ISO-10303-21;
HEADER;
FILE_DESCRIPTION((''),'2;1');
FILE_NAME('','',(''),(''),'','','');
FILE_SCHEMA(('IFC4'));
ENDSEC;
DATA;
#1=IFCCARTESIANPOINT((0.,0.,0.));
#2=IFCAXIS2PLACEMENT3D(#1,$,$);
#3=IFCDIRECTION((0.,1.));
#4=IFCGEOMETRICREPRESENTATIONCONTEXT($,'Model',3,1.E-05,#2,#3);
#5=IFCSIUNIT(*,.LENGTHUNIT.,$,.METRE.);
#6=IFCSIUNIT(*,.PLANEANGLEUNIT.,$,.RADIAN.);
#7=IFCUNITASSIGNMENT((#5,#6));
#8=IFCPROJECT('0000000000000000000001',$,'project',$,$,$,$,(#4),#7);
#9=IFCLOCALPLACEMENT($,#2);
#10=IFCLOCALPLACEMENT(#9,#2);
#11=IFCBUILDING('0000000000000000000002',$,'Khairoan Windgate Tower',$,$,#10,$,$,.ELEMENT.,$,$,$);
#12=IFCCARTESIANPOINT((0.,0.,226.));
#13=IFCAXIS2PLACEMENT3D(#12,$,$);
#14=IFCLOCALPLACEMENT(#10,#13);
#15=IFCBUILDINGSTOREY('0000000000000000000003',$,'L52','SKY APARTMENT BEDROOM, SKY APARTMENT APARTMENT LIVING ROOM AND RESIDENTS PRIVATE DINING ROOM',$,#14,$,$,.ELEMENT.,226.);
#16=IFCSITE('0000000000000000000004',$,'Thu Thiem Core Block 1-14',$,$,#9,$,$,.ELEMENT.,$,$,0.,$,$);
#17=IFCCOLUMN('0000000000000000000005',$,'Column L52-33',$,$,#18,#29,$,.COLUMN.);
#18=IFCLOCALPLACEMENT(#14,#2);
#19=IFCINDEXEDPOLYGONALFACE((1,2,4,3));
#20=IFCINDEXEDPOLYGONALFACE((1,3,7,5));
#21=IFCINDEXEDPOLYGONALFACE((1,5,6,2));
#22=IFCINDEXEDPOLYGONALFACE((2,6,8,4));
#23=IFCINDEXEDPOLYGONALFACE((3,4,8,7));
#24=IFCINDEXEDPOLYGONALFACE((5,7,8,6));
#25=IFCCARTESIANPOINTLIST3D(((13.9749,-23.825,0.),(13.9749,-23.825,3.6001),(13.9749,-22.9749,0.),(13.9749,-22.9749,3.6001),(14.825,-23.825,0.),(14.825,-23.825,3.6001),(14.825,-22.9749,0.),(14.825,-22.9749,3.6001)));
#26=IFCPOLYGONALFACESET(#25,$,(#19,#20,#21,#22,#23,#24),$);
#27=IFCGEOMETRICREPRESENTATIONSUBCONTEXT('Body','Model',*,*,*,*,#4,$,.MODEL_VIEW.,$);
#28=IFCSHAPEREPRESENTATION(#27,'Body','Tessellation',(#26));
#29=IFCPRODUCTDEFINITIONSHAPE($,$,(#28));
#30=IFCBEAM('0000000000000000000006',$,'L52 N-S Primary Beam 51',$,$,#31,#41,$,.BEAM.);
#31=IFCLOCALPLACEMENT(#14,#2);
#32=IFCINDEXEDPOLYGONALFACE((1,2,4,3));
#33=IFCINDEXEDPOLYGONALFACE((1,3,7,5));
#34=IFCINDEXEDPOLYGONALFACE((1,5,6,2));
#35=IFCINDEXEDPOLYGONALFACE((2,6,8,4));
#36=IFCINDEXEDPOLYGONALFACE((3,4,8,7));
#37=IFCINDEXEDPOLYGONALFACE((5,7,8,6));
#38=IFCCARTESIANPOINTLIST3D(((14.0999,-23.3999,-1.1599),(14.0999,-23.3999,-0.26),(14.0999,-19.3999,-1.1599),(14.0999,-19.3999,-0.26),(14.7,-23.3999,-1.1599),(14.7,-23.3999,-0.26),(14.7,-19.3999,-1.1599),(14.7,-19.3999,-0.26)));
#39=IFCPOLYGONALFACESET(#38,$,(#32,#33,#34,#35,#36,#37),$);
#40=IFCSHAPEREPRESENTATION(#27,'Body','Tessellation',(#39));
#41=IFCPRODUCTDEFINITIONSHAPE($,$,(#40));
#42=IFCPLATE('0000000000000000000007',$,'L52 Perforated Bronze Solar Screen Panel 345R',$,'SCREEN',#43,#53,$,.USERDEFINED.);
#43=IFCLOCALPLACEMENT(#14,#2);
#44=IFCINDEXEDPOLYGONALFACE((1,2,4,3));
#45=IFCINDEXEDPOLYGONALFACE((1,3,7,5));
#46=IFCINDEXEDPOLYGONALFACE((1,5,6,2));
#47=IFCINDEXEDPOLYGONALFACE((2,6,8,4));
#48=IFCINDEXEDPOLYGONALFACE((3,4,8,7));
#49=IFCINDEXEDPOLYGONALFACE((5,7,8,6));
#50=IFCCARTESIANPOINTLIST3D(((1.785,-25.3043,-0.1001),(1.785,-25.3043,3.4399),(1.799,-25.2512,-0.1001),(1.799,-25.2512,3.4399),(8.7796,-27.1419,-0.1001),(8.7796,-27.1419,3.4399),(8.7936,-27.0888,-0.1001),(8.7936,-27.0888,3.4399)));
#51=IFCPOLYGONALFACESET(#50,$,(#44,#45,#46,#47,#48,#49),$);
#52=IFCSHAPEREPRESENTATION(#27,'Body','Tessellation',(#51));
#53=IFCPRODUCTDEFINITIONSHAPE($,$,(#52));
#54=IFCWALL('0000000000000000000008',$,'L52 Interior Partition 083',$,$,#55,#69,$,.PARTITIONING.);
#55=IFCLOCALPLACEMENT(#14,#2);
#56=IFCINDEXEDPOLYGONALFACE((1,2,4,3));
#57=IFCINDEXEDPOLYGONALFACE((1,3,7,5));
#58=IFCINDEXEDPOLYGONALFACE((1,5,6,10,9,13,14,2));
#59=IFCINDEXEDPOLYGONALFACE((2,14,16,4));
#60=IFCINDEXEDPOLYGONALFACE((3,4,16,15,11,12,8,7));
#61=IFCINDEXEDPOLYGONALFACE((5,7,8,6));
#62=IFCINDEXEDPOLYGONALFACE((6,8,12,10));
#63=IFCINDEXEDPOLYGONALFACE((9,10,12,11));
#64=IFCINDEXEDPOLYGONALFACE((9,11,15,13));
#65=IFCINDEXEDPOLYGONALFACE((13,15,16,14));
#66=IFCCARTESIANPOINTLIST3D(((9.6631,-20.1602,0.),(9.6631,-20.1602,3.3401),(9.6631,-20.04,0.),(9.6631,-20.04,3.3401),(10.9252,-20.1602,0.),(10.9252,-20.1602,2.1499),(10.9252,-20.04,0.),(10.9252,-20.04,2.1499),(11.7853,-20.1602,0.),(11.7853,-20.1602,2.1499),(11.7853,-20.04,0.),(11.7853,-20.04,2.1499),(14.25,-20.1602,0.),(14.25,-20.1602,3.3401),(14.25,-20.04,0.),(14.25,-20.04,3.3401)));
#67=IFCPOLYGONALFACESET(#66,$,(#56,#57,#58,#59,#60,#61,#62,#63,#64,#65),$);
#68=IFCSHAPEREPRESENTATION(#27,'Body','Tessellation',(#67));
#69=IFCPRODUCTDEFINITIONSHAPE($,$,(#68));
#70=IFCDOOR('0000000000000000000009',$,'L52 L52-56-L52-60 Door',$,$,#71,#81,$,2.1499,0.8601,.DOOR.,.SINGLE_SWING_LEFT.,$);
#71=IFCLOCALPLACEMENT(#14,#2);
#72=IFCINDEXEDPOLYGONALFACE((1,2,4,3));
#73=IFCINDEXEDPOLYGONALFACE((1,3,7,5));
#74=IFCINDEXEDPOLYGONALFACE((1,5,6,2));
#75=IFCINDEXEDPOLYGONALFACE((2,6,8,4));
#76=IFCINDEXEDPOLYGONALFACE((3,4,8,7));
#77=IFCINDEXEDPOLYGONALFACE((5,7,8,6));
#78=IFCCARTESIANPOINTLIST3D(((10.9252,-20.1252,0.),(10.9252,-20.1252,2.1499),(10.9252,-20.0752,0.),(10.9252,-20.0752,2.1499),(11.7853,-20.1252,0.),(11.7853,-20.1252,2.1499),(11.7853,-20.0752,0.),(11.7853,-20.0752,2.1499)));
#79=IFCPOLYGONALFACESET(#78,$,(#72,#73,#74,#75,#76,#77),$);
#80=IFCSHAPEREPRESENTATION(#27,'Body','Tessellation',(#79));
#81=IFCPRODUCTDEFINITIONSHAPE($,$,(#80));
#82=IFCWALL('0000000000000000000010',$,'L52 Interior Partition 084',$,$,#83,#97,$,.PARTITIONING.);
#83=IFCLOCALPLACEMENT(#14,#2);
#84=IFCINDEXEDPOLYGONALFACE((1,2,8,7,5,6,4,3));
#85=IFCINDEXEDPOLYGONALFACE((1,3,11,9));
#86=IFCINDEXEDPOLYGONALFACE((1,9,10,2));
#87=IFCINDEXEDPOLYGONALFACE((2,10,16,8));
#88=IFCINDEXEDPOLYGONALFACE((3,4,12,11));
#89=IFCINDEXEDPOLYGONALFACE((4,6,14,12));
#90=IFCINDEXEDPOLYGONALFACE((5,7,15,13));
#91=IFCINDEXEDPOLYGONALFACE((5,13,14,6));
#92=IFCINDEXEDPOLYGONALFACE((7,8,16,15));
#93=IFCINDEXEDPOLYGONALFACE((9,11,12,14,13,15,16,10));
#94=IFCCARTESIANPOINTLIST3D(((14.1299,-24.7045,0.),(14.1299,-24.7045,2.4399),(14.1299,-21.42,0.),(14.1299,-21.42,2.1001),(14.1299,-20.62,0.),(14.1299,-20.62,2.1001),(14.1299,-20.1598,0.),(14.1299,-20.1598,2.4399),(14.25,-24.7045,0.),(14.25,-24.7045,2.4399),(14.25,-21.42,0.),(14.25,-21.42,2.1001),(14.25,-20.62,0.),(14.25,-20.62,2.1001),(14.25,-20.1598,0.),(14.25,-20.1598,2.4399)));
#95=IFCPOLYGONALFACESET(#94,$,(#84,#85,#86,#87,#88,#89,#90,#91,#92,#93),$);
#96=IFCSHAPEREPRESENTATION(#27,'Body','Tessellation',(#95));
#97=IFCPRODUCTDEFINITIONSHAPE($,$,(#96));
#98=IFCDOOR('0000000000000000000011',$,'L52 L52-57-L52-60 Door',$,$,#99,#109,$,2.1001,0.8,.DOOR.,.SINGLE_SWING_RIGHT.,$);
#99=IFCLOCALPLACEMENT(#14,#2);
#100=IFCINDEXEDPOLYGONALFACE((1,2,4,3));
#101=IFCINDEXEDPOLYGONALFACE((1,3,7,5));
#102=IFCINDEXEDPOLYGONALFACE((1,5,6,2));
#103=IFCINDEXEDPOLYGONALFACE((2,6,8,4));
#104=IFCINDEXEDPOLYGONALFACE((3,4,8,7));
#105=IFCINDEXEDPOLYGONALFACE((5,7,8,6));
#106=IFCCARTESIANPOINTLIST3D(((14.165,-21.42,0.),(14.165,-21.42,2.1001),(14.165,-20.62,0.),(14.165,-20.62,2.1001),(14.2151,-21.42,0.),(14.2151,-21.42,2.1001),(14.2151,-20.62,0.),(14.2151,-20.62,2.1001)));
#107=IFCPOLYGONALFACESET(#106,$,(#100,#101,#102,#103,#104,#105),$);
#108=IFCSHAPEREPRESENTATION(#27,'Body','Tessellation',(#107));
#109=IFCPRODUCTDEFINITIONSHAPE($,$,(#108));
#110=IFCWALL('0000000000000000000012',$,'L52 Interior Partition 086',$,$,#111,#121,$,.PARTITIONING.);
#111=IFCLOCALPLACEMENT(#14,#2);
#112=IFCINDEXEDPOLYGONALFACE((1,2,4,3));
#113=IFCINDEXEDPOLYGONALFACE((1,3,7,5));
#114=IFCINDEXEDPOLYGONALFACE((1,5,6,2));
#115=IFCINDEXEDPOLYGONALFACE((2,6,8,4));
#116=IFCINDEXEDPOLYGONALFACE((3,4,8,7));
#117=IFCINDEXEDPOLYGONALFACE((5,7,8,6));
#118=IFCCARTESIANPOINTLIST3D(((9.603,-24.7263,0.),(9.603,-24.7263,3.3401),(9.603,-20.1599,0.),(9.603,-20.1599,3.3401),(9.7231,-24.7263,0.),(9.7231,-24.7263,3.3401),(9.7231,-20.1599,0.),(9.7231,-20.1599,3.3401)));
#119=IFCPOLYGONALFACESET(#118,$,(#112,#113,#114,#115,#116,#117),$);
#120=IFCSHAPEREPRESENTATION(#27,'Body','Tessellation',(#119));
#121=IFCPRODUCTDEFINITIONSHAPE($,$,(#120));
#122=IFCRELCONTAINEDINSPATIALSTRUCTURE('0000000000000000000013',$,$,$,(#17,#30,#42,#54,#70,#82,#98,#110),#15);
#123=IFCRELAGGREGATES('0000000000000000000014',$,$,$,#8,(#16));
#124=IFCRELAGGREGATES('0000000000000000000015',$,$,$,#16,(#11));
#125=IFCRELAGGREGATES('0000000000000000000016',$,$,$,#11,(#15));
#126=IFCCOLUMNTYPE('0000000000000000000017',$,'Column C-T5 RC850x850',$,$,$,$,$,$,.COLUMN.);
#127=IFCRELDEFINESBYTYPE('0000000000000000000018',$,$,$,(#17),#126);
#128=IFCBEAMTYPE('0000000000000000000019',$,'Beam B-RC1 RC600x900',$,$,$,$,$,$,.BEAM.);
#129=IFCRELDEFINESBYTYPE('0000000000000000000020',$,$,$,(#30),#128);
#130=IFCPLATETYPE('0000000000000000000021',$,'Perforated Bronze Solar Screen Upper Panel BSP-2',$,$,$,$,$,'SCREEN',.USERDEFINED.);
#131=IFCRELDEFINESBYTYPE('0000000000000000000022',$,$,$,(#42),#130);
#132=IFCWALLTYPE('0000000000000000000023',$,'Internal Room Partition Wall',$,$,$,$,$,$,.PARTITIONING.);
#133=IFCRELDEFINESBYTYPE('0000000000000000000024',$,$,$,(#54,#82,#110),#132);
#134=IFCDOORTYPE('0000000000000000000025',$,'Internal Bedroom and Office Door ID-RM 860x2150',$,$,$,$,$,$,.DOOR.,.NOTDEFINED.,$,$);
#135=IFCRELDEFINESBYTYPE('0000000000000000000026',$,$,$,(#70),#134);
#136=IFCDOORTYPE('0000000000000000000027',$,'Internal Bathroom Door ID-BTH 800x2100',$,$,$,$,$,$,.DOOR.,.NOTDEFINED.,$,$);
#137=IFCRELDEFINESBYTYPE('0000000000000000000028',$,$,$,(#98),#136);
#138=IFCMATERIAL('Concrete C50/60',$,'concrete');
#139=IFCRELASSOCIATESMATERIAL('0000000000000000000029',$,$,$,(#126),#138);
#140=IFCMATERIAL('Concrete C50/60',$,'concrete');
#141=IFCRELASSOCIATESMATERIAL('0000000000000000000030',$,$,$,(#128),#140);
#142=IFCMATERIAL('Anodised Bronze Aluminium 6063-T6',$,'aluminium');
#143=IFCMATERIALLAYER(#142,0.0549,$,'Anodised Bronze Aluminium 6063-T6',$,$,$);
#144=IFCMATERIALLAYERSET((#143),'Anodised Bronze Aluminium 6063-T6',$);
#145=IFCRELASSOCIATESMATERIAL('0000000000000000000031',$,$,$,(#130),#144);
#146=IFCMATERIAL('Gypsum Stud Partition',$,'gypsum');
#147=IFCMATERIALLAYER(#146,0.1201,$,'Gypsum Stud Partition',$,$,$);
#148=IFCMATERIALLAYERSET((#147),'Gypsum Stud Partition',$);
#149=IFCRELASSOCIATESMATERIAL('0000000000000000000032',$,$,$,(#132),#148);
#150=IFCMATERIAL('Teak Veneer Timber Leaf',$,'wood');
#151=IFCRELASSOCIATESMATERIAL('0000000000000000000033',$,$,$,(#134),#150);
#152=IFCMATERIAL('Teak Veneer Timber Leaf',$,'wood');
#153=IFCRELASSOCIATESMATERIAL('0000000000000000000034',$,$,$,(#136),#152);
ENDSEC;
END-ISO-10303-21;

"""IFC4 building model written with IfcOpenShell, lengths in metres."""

from ifc_helpers import new_model, si_unit, direction, frame, frame_2d, origin, origin_2d, place, context, subcontext, project, spatial, rectangle, extrude, material, layer, layer_set, material_profile, profile_set, type_object, element, fill, save


model = new_model("IFC4")

# Units and contexts
model_context = context("Model", 3, precision=1e-05, world=origin(), true_north=direction((0.0, 1.0)))
body_context = subcontext(model_context, "Body", "Model", "MODEL_VIEW")
ifc_project = project(units=[si_unit("LENGTHUNIT", "METRE"), si_unit("PLANEANGLEUNIT", "RADIAN")], contexts=[model_context])

# Site, building, storey
site_placement = place(None, origin())
site = spatial("IfcSite", under=ifc_project, at=site_placement, Name="Thu Thiem Core Block 1-14", CompositionType="ELEMENT", RefElevation=0.0)
building_placement = place(site_placement, origin())
building = spatial("IfcBuilding", under=site, at=building_placement, Name="Khairoan Windgate Tower", CompositionType="ELEMENT")
storey_placement = place(building_placement, frame((0.0, 0.0, 226.0)))
storey = spatial("IfcBuildingStorey", under=building, at=storey_placement, Name="L52", Description="SKY APARTMENT BEDROOM, SKY APARTMENT APARTMENT LIVING ROOM AND RESIDENTS PRIVATE DINING ROOM", CompositionType="ELEMENT", Elevation=226.0)

# Column
ifc_material_1 = material(Name="Concrete C50/60", Category="concrete")
ifc_material_profile_1 = material_profile(ifc_material_1, rectangle(XDim=0.8501, YDim=0.8501, at=origin_2d()))
ifc_profile_set_1 = profile_set([ifc_material_profile_1], Name="Concrete C50/60")
column_type = type_object("IfcColumnType", Name="Column C-T5 RC850x850", PredefinedType="COLUMN", material=ifc_profile_set_1)
column_placement = place(storey_placement, frame((14.3999, -23.3999, 0.0), z_axis=(0.0, 0.0, 1.0), x_axis=(1.0, 0.0, 0.0)))
element("IfcColumn", 1, at=column_placement, inside=storey, type_object=column_type, Name="Column L52-33", PredefinedType="COLUMN", context=body_context, shape_type="SweptSolid", body=[
    extrude(rectangle(XDim=0.8501, YDim=0.8501, at=origin_2d()), origin(), (0.0, 0.0, 1.0), 3.6001),
])

# Beam
ifc_material_2 = material(Name="Concrete C50/60", Category="concrete")
ifc_material_profile_2 = material_profile(ifc_material_2, rectangle(XDim=0.6001, YDim=0.8999, at=origin_2d()))
ifc_profile_set_2 = profile_set([ifc_material_profile_2], Name="Concrete C50/60")
beam_type = type_object("IfcBeamType", Name="Beam B-RC1 RC600x900", PredefinedType="BEAM", material=ifc_profile_set_2)
beam_placement = place(storey_placement, frame((14.3999, -23.3999, -0.71), z_axis=(0.0, 1.0, 0.0), x_axis=(-1.0, 0.0, 0.0)))
element("IfcBeam", 2, at=beam_placement, inside=storey, type_object=beam_type, Name="L52 N-S Primary Beam 51", PredefinedType="BEAM", context=body_context, shape_type="SweptSolid", body=[
    extrude(rectangle(XDim=0.6001, YDim=0.8999, at=origin_2d()), origin(), (0.0, 0.0, 1.0), 4.0),
])

# Plate
ifc_material_3 = material(Name="Anodised Bronze Aluminium 6063-T6", Category="aluminium")
ifc_layer_1 = layer(ifc_material_3, 0.0549, Name="Anodised Bronze Aluminium 6063-T6")
ifc_layer_set_1 = layer_set([ifc_layer_1], Name="Anodised Bronze Aluminium 6063-T6")
plate_type = type_object("IfcPlateType", Name="Perforated Bronze Solar Screen Upper Panel BSP-2", ElementType="SCREEN", PredefinedType="USERDEFINED", material=ifc_layer_set_1)
plate_placement = place(storey_placement, frame((5.2893, -26.1965, -0.1001), z_axis=(0.0, 0.0, 1.0), x_axis=(-0.967179, 0.254096, 0.0)))
element("IfcPlate", 3, at=plate_placement, inside=storey, type_object=plate_type, Name="L52 Perforated Bronze Solar Screen Panel 345R", ObjectType="SCREEN", PredefinedType="USERDEFINED", context=body_context, shape_type="SweptSolid", body=[
    extrude(rectangle(XDim=7.2319, YDim=0.0549, at=origin_2d()), origin(), (0.0, 0.0, 1.0), 3.54),
])

# Walls, openings, doors
ifc_material_4 = material(Name="Gypsum Stud Partition", Category="gypsum")
ifc_layer_2 = layer(ifc_material_4, 0.1201, Name="Gypsum Stud Partition")
ifc_layer_set_2 = layer_set([ifc_layer_2], Name="Gypsum Stud Partition")
wall_type_1 = type_object("IfcWallType", Name="Internal Room Partition Wall", PredefinedType="PARTITIONING", material=ifc_layer_set_2)
wall_1_placement = place(storey_placement, frame((9.6631, -20.1001, 0.0), z_axis=(0.0, 0.0, 1.0), x_axis=(1.0, 0.0, 0.0)))
wall_1 = element("IfcWall", 4, at=wall_1_placement, inside=storey, type_object=wall_type_1, Name="L52 Interior Partition 083", PredefinedType="PARTITIONING", context=body_context, shape_type="SweptSolid", body=[
    extrude(rectangle(XDim=4.5869, YDim=0.1201, at=frame_2d((2.2935, 0.0))), origin(), (0.0, 0.0, 1.0), 3.3401),
])
opening_1_placement = place(wall_1_placement, frame((1.262, 0.0, 0.0)))
opening_1 = element("IfcOpeningElement", 5, at=opening_1_placement, cuts=wall_1, PredefinedType="OPENING", context=body_context, shape_type="SweptSolid", body=[
    extrude(rectangle(XDim=0.8601, YDim=2.1499, at=frame_2d((0.4302, 1.075))), frame((0.0, 0.0701, 0.0), z_axis=(0.0, -1.0, 0.0), x_axis=(1.0, 0.0, 0.0)), (0.0, 0.0, 1.0), 0.1401),
])
ifc_material_5 = material(Name="Teak Veneer Timber Leaf", Category="wood")
door_type_1 = type_object("IfcDoorType", Name="Internal Bedroom and Office Door ID-RM 860x2150", OperationType="NOTDEFINED", PredefinedType="DOOR", material=ifc_material_5)
door_1_placement = place(opening_1_placement, origin())
door_1 = element("IfcDoor", 6, at=door_1_placement, inside=storey, type_object=door_type_1, Name="L52 L52-56-L52-60 Door", OperationType="SINGLE_SWING_LEFT", OverallHeight=2.1499, OverallWidth=0.8601, PredefinedType="DOOR", context=body_context, shape_type="SweptSolid", body=[
    extrude(rectangle(XDim=0.8601, YDim=2.1499, at=frame_2d((0.4302, 1.075))), frame((0.0, 0.0249, 0.0), z_axis=(0.0, -1.0, 0.0), x_axis=(1.0, 0.0, 0.0)), (0.0, 0.0, 1.0), 0.05),
])
fill(opening_1, door_1)
wall_2_placement = place(storey_placement, frame((14.1899, -24.7046, 0.0), z_axis=(0.0, 0.0, 1.0), x_axis=(0.0, 1.0, 0.0)))
wall_2 = element("IfcWall", 7, at=wall_2_placement, inside=storey, type_object=wall_type_1, Name="L52 Interior Partition 084", PredefinedType="PARTITIONING", context=body_context, shape_type="SweptSolid", body=[
    extrude(rectangle(XDim=4.5447, YDim=0.1201, at=frame_2d((2.2725, 0.0))), origin(), (0.0, 0.0, 1.0), 2.4399),
])
opening_2_placement = place(wall_2_placement, frame((3.2847, 0.0, 0.0)))
opening_2 = element("IfcOpeningElement", 8, at=opening_2_placement, cuts=wall_2, PredefinedType="OPENING", context=body_context, shape_type="SweptSolid", body=[
    extrude(rectangle(XDim=0.8, YDim=2.1001, at=frame_2d((0.3999, 1.05))), frame((0.0, 0.0701, 0.0), z_axis=(0.0, -1.0, 0.0), x_axis=(1.0, 0.0, 0.0)), (0.0, 0.0, 1.0), 0.1401),
])
ifc_material_6 = material(Name="Teak Veneer Timber Leaf", Category="wood")
door_type_2 = type_object("IfcDoorType", Name="Internal Bathroom Door ID-BTH 800x2100", OperationType="NOTDEFINED", PredefinedType="DOOR", material=ifc_material_6)
door_2_placement = place(opening_2_placement, origin())
door_2 = element("IfcDoor", 9, at=door_2_placement, inside=storey, type_object=door_type_2, Name="L52 L52-57-L52-60 Door", OperationType="SINGLE_SWING_RIGHT", OverallHeight=2.1001, OverallWidth=0.8, PredefinedType="DOOR", context=body_context, shape_type="SweptSolid", body=[
    extrude(rectangle(XDim=0.8, YDim=2.1001, at=frame_2d((0.3999, 1.05))), frame((0.0, 0.0249, 0.0), z_axis=(0.0, -1.0, 0.0), x_axis=(1.0, 0.0, 0.0)), (0.0, 0.0, 1.0), 0.05),
])
fill(opening_2, door_2)

# Wall
wall_3_placement = place(storey_placement, frame((9.6631, -24.7263, 0.0), z_axis=(0.0, 0.0, 1.0), x_axis=(0.0, 1.0, 0.0)))
element("IfcWall", 10, at=wall_3_placement, inside=storey, type_object=wall_type_1, Name="L52 Interior Partition 086", PredefinedType="PARTITIONING", context=body_context, shape_type="SweptSolid", body=[
    extrude(rectangle(XDim=4.5664, YDim=0.1201, at=frame_2d((2.2832, 0.0))), origin(), (0.0, 0.0, 1.0), 3.3401),
])

save(model, "model.ifc")
